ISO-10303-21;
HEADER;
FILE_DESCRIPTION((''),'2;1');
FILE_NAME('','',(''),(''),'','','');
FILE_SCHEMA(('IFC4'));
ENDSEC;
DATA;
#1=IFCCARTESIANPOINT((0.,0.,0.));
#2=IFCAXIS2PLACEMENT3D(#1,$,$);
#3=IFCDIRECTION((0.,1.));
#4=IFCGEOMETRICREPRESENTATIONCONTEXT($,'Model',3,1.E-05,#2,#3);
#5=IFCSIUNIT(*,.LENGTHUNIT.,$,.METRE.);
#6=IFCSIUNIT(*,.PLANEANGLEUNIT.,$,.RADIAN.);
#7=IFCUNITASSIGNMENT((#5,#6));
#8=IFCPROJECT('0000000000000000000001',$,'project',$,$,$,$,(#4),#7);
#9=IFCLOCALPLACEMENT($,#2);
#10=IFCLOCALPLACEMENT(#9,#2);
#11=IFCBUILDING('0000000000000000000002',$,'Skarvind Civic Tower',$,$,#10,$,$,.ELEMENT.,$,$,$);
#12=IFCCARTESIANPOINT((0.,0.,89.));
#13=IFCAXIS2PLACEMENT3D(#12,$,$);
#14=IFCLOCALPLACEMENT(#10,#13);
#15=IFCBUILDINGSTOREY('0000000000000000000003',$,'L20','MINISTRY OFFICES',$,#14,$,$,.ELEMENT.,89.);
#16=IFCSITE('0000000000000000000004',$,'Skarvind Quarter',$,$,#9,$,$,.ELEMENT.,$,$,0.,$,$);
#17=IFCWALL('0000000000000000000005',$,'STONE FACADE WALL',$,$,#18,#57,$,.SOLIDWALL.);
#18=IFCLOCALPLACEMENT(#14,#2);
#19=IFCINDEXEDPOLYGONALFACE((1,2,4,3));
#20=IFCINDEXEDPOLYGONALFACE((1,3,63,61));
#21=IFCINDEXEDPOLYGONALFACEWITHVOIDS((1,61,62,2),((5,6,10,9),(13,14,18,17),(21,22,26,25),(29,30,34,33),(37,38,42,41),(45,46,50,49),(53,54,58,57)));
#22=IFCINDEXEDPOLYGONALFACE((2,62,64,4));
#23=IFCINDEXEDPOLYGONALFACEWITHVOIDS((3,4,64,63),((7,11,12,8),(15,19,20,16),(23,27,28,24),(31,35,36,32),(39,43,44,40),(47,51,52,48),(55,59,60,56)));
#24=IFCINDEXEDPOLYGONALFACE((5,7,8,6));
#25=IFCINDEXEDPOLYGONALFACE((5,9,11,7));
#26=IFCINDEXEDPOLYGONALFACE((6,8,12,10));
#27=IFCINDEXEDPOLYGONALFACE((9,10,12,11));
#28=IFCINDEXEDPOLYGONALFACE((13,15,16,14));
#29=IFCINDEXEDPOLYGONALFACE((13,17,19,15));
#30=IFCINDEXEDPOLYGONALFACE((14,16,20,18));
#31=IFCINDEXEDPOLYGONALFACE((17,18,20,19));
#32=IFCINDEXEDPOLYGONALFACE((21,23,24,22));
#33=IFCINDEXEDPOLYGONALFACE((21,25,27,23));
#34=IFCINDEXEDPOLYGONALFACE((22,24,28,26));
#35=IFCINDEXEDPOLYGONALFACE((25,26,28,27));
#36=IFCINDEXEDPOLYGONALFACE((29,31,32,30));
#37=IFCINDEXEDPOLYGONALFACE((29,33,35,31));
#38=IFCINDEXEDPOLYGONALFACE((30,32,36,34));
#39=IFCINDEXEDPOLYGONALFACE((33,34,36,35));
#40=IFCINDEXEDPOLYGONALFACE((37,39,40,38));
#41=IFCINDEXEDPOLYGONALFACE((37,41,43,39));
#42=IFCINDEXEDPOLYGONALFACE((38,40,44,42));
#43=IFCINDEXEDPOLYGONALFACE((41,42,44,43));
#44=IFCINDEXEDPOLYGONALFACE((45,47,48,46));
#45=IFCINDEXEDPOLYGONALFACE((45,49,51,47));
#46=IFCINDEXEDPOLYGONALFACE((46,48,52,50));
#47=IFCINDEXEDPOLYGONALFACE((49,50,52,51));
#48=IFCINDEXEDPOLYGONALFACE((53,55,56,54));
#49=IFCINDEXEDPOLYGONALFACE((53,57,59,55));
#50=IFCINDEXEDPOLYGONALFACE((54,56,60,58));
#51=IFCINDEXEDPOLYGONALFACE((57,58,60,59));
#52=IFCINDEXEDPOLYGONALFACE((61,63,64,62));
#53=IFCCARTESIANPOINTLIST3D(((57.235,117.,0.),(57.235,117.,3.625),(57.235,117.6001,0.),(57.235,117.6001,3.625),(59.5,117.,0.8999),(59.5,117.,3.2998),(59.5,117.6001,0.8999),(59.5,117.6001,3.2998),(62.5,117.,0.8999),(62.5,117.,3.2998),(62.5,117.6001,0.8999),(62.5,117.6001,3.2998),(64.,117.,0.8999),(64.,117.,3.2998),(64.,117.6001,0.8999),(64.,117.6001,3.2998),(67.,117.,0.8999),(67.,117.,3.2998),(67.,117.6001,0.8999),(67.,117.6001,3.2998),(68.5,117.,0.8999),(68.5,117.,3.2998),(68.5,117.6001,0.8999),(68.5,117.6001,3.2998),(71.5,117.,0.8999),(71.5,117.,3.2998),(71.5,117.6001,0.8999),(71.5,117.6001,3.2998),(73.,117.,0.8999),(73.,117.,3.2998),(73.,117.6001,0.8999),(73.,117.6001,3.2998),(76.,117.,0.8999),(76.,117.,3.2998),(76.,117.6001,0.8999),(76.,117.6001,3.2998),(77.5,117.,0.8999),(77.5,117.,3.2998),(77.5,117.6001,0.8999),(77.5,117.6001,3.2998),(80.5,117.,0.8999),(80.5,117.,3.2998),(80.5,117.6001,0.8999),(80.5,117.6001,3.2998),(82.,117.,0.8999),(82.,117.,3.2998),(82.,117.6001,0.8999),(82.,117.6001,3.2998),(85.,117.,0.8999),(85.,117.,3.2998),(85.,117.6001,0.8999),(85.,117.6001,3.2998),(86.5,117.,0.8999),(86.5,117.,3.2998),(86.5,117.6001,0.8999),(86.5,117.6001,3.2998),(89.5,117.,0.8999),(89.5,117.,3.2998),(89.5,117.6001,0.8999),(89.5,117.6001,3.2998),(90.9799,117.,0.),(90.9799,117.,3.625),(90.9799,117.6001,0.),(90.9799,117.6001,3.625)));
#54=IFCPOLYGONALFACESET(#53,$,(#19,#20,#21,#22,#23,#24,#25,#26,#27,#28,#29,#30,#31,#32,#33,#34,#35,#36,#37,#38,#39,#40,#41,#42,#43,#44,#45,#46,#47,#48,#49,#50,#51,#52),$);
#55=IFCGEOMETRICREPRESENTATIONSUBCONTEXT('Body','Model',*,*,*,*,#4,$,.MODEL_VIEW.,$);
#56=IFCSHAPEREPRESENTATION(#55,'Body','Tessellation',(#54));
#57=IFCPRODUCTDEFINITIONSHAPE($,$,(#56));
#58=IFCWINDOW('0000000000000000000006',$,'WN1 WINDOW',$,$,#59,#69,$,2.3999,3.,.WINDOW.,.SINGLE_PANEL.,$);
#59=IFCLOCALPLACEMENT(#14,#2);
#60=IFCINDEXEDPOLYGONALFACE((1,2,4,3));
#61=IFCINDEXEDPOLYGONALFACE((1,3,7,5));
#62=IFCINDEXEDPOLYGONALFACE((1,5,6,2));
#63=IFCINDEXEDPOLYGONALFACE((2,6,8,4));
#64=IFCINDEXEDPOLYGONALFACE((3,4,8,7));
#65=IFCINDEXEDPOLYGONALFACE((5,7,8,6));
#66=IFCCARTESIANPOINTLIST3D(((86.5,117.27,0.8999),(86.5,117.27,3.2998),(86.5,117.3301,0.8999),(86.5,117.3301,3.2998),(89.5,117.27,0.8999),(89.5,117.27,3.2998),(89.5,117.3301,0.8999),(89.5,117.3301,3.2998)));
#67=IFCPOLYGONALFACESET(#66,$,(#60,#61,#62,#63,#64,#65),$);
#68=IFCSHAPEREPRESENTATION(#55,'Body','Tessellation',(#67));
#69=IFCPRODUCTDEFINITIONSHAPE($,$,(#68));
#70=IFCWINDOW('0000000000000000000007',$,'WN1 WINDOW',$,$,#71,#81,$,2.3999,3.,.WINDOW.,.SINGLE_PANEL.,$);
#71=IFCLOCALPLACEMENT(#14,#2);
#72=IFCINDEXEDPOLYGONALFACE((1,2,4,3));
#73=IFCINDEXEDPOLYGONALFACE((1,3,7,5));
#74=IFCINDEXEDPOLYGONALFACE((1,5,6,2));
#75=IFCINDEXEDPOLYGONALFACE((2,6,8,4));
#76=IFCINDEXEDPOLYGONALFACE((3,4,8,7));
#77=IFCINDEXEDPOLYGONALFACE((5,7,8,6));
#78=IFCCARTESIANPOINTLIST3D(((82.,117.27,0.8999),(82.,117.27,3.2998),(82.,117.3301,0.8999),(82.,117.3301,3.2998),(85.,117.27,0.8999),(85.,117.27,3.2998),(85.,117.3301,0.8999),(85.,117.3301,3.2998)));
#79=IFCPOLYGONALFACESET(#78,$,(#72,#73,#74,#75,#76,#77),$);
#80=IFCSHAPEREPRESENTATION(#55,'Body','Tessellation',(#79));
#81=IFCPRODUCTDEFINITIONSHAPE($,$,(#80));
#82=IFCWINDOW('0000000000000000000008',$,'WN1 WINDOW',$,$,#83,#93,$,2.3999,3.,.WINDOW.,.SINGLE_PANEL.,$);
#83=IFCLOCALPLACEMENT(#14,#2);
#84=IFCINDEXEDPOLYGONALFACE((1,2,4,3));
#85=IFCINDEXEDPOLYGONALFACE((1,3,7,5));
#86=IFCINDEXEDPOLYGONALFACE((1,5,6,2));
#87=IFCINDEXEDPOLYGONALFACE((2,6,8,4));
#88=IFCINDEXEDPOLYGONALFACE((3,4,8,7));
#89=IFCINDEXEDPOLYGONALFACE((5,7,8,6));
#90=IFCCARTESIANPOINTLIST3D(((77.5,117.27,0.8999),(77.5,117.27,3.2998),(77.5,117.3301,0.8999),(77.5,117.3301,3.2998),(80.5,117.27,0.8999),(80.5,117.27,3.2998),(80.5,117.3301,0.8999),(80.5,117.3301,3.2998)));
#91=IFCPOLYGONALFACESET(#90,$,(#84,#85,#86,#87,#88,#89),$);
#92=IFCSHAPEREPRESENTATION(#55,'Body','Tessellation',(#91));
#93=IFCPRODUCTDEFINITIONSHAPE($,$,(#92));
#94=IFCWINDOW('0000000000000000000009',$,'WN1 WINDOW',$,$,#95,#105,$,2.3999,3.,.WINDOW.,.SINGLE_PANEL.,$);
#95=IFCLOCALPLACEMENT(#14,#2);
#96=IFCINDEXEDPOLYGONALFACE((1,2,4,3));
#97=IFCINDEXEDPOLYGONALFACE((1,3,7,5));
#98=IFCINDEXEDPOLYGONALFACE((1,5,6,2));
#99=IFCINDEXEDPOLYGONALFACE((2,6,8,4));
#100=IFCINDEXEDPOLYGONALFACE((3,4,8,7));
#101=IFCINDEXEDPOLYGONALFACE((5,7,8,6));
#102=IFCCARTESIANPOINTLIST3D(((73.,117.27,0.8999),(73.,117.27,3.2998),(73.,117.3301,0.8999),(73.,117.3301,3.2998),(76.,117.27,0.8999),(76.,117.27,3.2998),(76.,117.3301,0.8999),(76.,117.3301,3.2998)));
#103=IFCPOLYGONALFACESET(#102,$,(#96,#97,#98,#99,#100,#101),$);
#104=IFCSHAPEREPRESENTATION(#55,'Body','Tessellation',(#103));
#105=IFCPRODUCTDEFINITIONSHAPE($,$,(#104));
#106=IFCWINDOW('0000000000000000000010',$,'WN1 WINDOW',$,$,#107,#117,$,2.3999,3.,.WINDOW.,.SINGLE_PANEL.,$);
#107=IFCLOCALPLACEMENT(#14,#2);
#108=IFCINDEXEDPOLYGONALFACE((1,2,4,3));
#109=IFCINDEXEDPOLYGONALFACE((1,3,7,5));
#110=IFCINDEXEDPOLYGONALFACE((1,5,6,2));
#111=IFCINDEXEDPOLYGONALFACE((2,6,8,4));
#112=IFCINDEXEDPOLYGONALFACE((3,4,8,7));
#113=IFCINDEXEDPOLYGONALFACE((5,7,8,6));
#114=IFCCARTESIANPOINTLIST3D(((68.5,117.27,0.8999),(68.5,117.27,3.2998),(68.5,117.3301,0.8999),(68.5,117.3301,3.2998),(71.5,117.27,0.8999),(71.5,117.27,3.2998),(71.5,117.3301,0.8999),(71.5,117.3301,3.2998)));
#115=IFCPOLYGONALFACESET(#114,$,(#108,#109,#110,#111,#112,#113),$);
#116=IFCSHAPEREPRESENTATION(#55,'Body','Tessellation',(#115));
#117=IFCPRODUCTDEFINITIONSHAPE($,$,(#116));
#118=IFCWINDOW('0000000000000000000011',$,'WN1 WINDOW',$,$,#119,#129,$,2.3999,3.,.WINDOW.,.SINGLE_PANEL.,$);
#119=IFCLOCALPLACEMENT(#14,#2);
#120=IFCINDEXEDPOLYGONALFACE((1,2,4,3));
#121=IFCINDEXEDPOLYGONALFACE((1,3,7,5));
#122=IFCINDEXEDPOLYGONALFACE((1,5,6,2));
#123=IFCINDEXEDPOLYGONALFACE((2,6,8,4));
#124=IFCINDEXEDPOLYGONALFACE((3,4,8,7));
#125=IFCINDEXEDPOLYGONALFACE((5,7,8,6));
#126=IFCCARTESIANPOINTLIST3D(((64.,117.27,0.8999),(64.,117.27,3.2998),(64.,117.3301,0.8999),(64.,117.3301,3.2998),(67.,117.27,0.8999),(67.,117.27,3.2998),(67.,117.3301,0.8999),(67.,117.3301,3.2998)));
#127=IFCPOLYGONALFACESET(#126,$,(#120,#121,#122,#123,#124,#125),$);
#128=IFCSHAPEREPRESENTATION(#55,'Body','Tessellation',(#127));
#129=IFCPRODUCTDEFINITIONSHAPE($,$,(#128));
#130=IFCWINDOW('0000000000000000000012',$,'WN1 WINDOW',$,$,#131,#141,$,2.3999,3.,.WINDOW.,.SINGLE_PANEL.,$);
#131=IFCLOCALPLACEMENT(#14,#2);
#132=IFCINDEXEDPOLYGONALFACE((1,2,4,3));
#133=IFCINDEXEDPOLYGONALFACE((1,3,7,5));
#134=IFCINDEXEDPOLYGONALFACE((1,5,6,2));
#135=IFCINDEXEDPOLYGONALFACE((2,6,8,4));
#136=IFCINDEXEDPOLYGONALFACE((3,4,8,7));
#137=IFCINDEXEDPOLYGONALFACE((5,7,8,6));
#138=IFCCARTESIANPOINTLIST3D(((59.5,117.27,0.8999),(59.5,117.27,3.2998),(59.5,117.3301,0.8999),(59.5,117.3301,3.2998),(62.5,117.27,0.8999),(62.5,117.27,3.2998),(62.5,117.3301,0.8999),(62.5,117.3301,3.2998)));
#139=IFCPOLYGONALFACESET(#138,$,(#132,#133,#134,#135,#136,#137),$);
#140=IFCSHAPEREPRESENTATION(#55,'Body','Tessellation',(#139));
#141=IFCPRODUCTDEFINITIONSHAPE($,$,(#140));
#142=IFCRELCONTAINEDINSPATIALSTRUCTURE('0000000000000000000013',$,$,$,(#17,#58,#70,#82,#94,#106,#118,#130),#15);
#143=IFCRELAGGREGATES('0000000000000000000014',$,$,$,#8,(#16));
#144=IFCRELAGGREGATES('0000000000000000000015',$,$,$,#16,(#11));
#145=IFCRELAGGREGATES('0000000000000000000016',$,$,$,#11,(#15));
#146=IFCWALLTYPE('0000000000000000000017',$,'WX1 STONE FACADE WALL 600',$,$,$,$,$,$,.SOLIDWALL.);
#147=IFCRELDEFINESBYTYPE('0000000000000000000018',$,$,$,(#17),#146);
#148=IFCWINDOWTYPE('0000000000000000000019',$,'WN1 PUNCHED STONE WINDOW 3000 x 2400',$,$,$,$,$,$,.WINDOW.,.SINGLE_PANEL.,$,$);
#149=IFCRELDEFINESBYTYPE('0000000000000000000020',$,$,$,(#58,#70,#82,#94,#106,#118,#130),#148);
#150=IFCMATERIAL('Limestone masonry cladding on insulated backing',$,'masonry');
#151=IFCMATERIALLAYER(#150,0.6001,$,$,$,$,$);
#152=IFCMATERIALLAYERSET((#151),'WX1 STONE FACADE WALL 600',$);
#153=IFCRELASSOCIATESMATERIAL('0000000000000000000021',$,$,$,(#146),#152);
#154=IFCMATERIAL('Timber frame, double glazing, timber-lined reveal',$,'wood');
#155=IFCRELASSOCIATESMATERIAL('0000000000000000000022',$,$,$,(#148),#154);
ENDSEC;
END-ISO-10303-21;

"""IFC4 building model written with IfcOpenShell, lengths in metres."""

from ifc_helpers import new_model, si_unit, direction, frame, frame_2d, origin, place, context, subcontext, project, spatial, rectangle, extrude, material, layer, layer_set, type_object, element, fill, save


model = new_model("IFC4")

# Units and contexts
model_context = context("Model", 3, precision=1e-05, world=origin(), true_north=direction((0.0, 1.0)))
body_context = subcontext(model_context, "Body", "Model", "MODEL_VIEW")
ifc_project = project(units=[si_unit("LENGTHUNIT", "METRE"), si_unit("PLANEANGLEUNIT", "RADIAN")], contexts=[model_context])

# Site, building, storey
site_placement = place(None, origin())
site = spatial("IfcSite", under=ifc_project, at=site_placement, Name="Skarvind Quarter", CompositionType="ELEMENT", RefElevation=0.0)
building_placement = place(site_placement, origin())
building = spatial("IfcBuilding", under=site, at=building_placement, Name="Skarvind Civic Tower", CompositionType="ELEMENT")
storey_placement = place(building_placement, frame((0.0, 0.0, 89.0)))
storey = spatial("IfcBuildingStorey", under=building, at=storey_placement, Name="L20", Description="MINISTRY OFFICES", CompositionType="ELEMENT", Elevation=89.0)

# Wall, openings, windows
ifc_material_1 = material(Name="Limestone masonry cladding on insulated backing", Category="masonry")
ifc_layer_1 = layer(ifc_material_1, 0.6001)
ifc_layer_set_1 = layer_set([ifc_layer_1], Name="WX1 STONE FACADE WALL 600")
wall_type_1 = type_object("IfcWallType", Name="WX1 STONE FACADE WALL 600", PredefinedType="SOLIDWALL", material=ifc_layer_set_1)
wall_1_placement = place(storey_placement, frame((90.98, 117.3, 0.0), z_axis=(0.0, 0.0, 1.0), x_axis=(-1.0, 0.0, 0.0)))
wall_1 = element("IfcWall", 1, at=wall_1_placement, inside=storey, type_object=wall_type_1, Name="STONE FACADE WALL", PredefinedType="SOLIDWALL", context=body_context, shape_type="SweptSolid", body=[
    extrude(rectangle(XDim=33.7449, YDim=0.6001, at=frame_2d((16.8726, 0.0))), origin(), (0.0, 0.0, 1.0), 3.625),
])
opening_1_placement = place(wall_1_placement, frame((1.48, 0.0, 0.8999)))
opening_1 = element("IfcOpeningElement", 2, at=opening_1_placement, cuts=wall_1, PredefinedType="OPENING", context=body_context, shape_type="SweptSolid", body=[
    extrude(rectangle(XDim=3.0, YDim=2.3999, at=frame_2d((1.5, 1.2))), frame((0.0, 0.3101, 0.0), z_axis=(0.0, -1.0, 0.0), x_axis=(1.0, 0.0, 0.0)), (0.0, 0.0, 1.0), 0.6201),
])
opening_2_placement = place(wall_1_placement, frame((5.98, 0.0, 0.8999)))
opening_2 = element("IfcOpeningElement", 3, at=opening_2_placement, cuts=wall_1, PredefinedType="OPENING", context=body_context, shape_type="SweptSolid", body=[
    extrude(rectangle(XDim=3.0, YDim=2.3999, at=frame_2d((1.5, 1.2))), frame((0.0, 0.3101, 0.0), z_axis=(0.0, -1.0, 0.0), x_axis=(1.0, 0.0, 0.0)), (0.0, 0.0, 1.0), 0.6201),
])
opening_3_placement = place(wall_1_placement, frame((10.48, 0.0, 0.8999)))
opening_3 = element("IfcOpeningElement", 4, at=opening_3_placement, cuts=wall_1, PredefinedType="OPENING", context=body_context, shape_type="SweptSolid", body=[
    extrude(rectangle(XDim=3.0, YDim=2.3999, at=frame_2d((1.5, 1.2))), frame((0.0, 0.3101, 0.0), z_axis=(0.0, -1.0, 0.0), x_axis=(1.0, 0.0, 0.0)), (0.0, 0.0, 1.0), 0.6201),
])
opening_4_placement = place(wall_1_placement, frame((14.98, 0.0, 0.8999)))
opening_4 = element("IfcOpeningElement", 5, at=opening_4_placement, cuts=wall_1, PredefinedType="OPENING", context=body_context, shape_type="SweptSolid", body=[
    extrude(rectangle(XDim=3.0, YDim=2.3999, at=frame_2d((1.5, 1.2))), frame((0.0, 0.3101, 0.0), z_axis=(0.0, -1.0, 0.0), x_axis=(1.0, 0.0, 0.0)), (0.0, 0.0, 1.0), 0.6201),
])
opening_5_placement = place(wall_1_placement, frame((19.48, 0.0, 0.8999)))
opening_5 = element("IfcOpeningElement", 6, at=opening_5_placement, cuts=wall_1, PredefinedType="OPENING", context=body_context, shape_type="SweptSolid", body=[
    extrude(rectangle(XDim=3.0, YDim=2.3999, at=frame_2d((1.5, 1.2))), frame((0.0, 0.3101, 0.0), z_axis=(0.0, -1.0, 0.0), x_axis=(1.0, 0.0, 0.0)), (0.0, 0.0, 1.0), 0.6201),
])
opening_6_placement = place(wall_1_placement, frame((23.98, 0.0, 0.8999)))
opening_6 = element("IfcOpeningElement", 7, at=opening_6_placement, cuts=wall_1, PredefinedType="OPENING", context=body_context, shape_type="SweptSolid", body=[
    extrude(rectangle(XDim=3.0, YDim=2.3999, at=frame_2d((1.5, 1.2))), frame((0.0, 0.3101, 0.0), z_axis=(0.0, -1.0, 0.0), x_axis=(1.0, 0.0, 0.0)), (0.0, 0.0, 1.0), 0.6201),
])
opening_7_placement = place(wall_1_placement, frame((28.48, 0.0, 0.8999)))
opening_7 = element("IfcOpeningElement", 8, at=opening_7_placement, cuts=wall_1, PredefinedType="OPENING", context=body_context, shape_type="SweptSolid", body=[
    extrude(rectangle(XDim=3.0, YDim=2.3999, at=frame_2d((1.5, 1.2))), frame((0.0, 0.3101, 0.0), z_axis=(0.0, -1.0, 0.0), x_axis=(1.0, 0.0, 0.0)), (0.0, 0.0, 1.0), 0.6201),
])
ifc_material_2 = material(Name="Timber frame, double glazing, timber-lined reveal", Category="wood")
window_type = type_object("IfcWindowType", Name="WN1 PUNCHED STONE WINDOW 3000 x 2400", PartitioningType="SINGLE_PANEL", PredefinedType="WINDOW", material=ifc_material_2)
window_1_placement = place(opening_1_placement, origin())
window_1 = element("IfcWindow", 9, at=window_1_placement, inside=storey, type_object=window_type, Name="WN1 WINDOW", OverallHeight=2.3999, OverallWidth=3.0, PartitioningType="SINGLE_PANEL", PredefinedType="WINDOW", context=body_context, shape_type="SweptSolid", body=[
    extrude(rectangle(XDim=3.0, YDim=2.3999, at=frame_2d((1.5, 1.2))), frame((0.0, 0.03, 0.0), z_axis=(0.0, -1.0, 0.0), x_axis=(1.0, 0.0, 0.0)), (0.0, 0.0, 1.0), 0.0601),
])
fill(opening_1, window_1)
window_2_placement = place(opening_2_placement, origin())
window_2 = element("IfcWindow", 10, at=window_2_placement, inside=storey, type_object=window_type, Name="WN1 WINDOW", OverallHeight=2.3999, OverallWidth=3.0, PartitioningType="SINGLE_PANEL", PredefinedType="WINDOW", context=body_context, shape_type="SweptSolid", body=[
    extrude(rectangle(XDim=3.0, YDim=2.3999, at=frame_2d((1.5, 1.2))), frame((0.0, 0.03, 0.0), z_axis=(0.0, -1.0, 0.0), x_axis=(1.0, 0.0, 0.0)), (0.0, 0.0, 1.0), 0.0601),
])
fill(opening_2, window_2)
window_3_placement = place(opening_3_placement, origin())
window_3 = element("IfcWindow", 11, at=window_3_placement, inside=storey, type_object=window_type, Name="WN1 WINDOW", OverallHeight=2.3999, OverallWidth=3.0, PartitioningType="SINGLE_PANEL", PredefinedType="WINDOW", context=body_context, shape_type="SweptSolid", body=[
    extrude(rectangle(XDim=3.0, YDim=2.3999, at=frame_2d((1.5, 1.2))), frame((0.0, 0.03, 0.0), z_axis=(0.0, -1.0, 0.0), x_axis=(1.0, 0.0, 0.0)), (0.0, 0.0, 1.0), 0.0601),
])
fill(opening_3, window_3)
window_4_placement = place(opening_4_placement, origin())
window_4 = element("IfcWindow", 12, at=window_4_placement, inside=storey, type_object=window_type, Name="WN1 WINDOW", OverallHeight=2.3999, OverallWidth=3.0, PartitioningType="SINGLE_PANEL", PredefinedType="WINDOW", context=body_context, shape_type="SweptSolid", body=[
    extrude(rectangle(XDim=3.0, YDim=2.3999, at=frame_2d((1.5, 1.2))), frame((0.0, 0.03, 0.0), z_axis=(0.0, -1.0, 0.0), x_axis=(1.0, 0.0, 0.0)), (0.0, 0.0, 1.0), 0.0601),
])
fill(opening_4, window_4)
window_5_placement = place(opening_5_placement, origin())
window_5 = element("IfcWindow", 13, at=window_5_placement, inside=storey, type_object=window_type, Name="WN1 WINDOW", OverallHeight=2.3999, OverallWidth=3.0, PartitioningType="SINGLE_PANEL", PredefinedType="WINDOW", context=body_context, shape_type="SweptSolid", body=[
    extrude(rectangle(XDim=3.0, YDim=2.3999, at=frame_2d((1.5, 1.2))), frame((0.0, 0.03, 0.0), z_axis=(0.0, -1.0, 0.0), x_axis=(1.0, 0.0, 0.0)), (0.0, 0.0, 1.0), 0.0601),
])
fill(opening_5, window_5)
window_6_placement = place(opening_6_placement, origin())
window_6 = element("IfcWindow", 14, at=window_6_placement, inside=storey, type_object=window_type, Name="WN1 WINDOW", OverallHeight=2.3999, OverallWidth=3.0, PartitioningType="SINGLE_PANEL", PredefinedType="WINDOW", context=body_context, shape_type="SweptSolid", body=[
    extrude(rectangle(XDim=3.0, YDim=2.3999, at=frame_2d((1.5, 1.2))), frame((0.0, 0.03, 0.0), z_axis=(0.0, -1.0, 0.0), x_axis=(1.0, 0.0, 0.0)), (0.0, 0.0, 1.0), 0.0601),
])
fill(opening_6, window_6)
window_7_placement = place(opening_7_placement, origin())
window_7 = element("IfcWindow", 15, at=window_7_placement, inside=storey, type_object=window_type, Name="WN1 WINDOW", OverallHeight=2.3999, OverallWidth=3.0, PartitioningType="SINGLE_PANEL", PredefinedType="WINDOW", context=body_context, shape_type="SweptSolid", body=[
    extrude(rectangle(XDim=3.0, YDim=2.3999, at=frame_2d((1.5, 1.2))), frame((0.0, 0.03, 0.0), z_axis=(0.0, -1.0, 0.0), x_axis=(1.0, 0.0, 0.0)), (0.0, 0.0, 1.0), 0.0601),
])
fill(opening_7, window_7)

save(model, "model.ifc")
